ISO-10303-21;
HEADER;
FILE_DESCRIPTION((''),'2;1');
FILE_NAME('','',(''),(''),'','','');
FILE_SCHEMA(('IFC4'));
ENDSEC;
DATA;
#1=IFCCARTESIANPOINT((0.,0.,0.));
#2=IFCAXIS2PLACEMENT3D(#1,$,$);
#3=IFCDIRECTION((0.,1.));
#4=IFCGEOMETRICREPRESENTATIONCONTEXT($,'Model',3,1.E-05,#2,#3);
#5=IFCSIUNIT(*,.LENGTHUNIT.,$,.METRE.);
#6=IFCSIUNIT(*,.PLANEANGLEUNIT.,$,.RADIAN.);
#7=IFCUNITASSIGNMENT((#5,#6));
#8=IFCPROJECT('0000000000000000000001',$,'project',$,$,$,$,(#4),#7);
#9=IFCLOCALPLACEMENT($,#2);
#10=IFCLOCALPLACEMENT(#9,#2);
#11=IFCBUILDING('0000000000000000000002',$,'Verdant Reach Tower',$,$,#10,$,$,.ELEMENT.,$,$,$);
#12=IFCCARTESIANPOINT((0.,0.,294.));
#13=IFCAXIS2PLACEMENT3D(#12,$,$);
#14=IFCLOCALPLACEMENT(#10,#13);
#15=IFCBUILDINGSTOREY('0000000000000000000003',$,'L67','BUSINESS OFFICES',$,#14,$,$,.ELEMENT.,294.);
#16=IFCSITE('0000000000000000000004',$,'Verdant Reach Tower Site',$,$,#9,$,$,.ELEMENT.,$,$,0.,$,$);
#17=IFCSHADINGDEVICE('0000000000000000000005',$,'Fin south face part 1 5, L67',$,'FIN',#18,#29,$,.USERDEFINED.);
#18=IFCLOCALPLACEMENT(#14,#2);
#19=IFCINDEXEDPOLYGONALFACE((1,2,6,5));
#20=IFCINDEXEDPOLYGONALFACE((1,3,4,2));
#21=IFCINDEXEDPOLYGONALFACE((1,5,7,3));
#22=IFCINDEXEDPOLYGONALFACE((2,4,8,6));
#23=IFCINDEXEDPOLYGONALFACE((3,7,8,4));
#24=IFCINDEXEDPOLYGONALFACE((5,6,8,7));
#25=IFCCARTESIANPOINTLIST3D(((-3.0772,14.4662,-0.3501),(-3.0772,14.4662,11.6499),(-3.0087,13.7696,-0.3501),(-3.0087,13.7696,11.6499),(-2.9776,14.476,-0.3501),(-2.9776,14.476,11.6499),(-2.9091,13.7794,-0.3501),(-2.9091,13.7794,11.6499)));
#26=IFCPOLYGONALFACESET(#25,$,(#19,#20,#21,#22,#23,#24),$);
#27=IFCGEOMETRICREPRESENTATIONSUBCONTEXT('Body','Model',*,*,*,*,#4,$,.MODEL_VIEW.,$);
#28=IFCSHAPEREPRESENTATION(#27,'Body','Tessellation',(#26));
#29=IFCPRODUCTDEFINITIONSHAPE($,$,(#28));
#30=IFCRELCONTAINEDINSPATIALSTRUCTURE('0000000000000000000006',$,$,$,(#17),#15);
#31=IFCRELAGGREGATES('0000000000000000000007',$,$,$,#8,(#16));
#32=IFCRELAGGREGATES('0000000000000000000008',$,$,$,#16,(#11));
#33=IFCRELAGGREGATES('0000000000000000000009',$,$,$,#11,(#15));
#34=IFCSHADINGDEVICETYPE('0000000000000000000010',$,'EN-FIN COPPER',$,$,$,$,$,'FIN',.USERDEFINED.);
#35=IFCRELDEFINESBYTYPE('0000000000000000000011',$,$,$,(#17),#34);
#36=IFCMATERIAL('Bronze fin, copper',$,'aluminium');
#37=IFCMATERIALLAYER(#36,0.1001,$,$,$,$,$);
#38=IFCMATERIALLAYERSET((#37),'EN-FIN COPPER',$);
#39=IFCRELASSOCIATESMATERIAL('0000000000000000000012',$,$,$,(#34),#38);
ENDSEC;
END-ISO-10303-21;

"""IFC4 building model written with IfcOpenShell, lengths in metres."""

from ifc_helpers import new_model, si_unit, direction, frame, origin, origin_2d, place, context, subcontext, project, spatial, rectangle, extrude, material, layer, layer_set, type_object, element, save


model = new_model("IFC4")

# Units and contexts
model_context = context("Model", 3, precision=1e-05, world=origin(), true_north=direction((0.0, 1.0)))
body_context = subcontext(model_context, "Body", "Model", "MODEL_VIEW")
ifc_project = project(units=[si_unit("LENGTHUNIT", "METRE"), si_unit("PLANEANGLEUNIT", "RADIAN")], contexts=[model_context])

# Site, building, storey
site_placement = place(None, origin())
site = spatial("IfcSite", under=ifc_project, at=site_placement, Name="Verdant Reach Tower Site", CompositionType="ELEMENT", RefElevation=0.0)
building_placement = place(site_placement, origin())
building = spatial("IfcBuilding", under=site, at=building_placement, Name="Verdant Reach Tower", CompositionType="ELEMENT")
storey_placement = place(building_placement, frame((0.0, 0.0, 294.0)))
storey = spatial("IfcBuildingStorey", under=building, at=storey_placement, Name="L67", Description="BUSINESS OFFICES", CompositionType="ELEMENT", Elevation=294.0)

# Shading device
ifc_material_1 = material(Name="Bronze fin, copper", Category="aluminium")
ifc_layer_1 = layer(ifc_material_1, 0.1001)
ifc_layer_set_1 = layer_set([ifc_layer_1], Name="EN-FIN COPPER")
shading_device_type_1 = type_object("IfcShadingDeviceType", Name="EN-FIN COPPER", ElementType="FIN", PredefinedType="USERDEFINED", material=ifc_layer_set_1)
shading_device_1_placement = place(storey_placement, frame((-2.9932, 14.1228, -0.3501), z_axis=(0.0, 0.0, 1.0), x_axis=(0.995197, 0.097888, 0.0)))
element("IfcShadingDevice", 1, at=shading_device_1_placement, inside=storey, type_object=shading_device_type_1, Name="Fin south face part 1 5, L67", ObjectType="FIN", PredefinedType="USERDEFINED", context=body_context, shape_type="SweptSolid", body=[
    extrude(rectangle(XDim=0.1001, YDim=0.7, at=origin_2d()), origin(), (0.0, 0.0, 1.0), 12.0),
])

save(model, "model.ifc")
